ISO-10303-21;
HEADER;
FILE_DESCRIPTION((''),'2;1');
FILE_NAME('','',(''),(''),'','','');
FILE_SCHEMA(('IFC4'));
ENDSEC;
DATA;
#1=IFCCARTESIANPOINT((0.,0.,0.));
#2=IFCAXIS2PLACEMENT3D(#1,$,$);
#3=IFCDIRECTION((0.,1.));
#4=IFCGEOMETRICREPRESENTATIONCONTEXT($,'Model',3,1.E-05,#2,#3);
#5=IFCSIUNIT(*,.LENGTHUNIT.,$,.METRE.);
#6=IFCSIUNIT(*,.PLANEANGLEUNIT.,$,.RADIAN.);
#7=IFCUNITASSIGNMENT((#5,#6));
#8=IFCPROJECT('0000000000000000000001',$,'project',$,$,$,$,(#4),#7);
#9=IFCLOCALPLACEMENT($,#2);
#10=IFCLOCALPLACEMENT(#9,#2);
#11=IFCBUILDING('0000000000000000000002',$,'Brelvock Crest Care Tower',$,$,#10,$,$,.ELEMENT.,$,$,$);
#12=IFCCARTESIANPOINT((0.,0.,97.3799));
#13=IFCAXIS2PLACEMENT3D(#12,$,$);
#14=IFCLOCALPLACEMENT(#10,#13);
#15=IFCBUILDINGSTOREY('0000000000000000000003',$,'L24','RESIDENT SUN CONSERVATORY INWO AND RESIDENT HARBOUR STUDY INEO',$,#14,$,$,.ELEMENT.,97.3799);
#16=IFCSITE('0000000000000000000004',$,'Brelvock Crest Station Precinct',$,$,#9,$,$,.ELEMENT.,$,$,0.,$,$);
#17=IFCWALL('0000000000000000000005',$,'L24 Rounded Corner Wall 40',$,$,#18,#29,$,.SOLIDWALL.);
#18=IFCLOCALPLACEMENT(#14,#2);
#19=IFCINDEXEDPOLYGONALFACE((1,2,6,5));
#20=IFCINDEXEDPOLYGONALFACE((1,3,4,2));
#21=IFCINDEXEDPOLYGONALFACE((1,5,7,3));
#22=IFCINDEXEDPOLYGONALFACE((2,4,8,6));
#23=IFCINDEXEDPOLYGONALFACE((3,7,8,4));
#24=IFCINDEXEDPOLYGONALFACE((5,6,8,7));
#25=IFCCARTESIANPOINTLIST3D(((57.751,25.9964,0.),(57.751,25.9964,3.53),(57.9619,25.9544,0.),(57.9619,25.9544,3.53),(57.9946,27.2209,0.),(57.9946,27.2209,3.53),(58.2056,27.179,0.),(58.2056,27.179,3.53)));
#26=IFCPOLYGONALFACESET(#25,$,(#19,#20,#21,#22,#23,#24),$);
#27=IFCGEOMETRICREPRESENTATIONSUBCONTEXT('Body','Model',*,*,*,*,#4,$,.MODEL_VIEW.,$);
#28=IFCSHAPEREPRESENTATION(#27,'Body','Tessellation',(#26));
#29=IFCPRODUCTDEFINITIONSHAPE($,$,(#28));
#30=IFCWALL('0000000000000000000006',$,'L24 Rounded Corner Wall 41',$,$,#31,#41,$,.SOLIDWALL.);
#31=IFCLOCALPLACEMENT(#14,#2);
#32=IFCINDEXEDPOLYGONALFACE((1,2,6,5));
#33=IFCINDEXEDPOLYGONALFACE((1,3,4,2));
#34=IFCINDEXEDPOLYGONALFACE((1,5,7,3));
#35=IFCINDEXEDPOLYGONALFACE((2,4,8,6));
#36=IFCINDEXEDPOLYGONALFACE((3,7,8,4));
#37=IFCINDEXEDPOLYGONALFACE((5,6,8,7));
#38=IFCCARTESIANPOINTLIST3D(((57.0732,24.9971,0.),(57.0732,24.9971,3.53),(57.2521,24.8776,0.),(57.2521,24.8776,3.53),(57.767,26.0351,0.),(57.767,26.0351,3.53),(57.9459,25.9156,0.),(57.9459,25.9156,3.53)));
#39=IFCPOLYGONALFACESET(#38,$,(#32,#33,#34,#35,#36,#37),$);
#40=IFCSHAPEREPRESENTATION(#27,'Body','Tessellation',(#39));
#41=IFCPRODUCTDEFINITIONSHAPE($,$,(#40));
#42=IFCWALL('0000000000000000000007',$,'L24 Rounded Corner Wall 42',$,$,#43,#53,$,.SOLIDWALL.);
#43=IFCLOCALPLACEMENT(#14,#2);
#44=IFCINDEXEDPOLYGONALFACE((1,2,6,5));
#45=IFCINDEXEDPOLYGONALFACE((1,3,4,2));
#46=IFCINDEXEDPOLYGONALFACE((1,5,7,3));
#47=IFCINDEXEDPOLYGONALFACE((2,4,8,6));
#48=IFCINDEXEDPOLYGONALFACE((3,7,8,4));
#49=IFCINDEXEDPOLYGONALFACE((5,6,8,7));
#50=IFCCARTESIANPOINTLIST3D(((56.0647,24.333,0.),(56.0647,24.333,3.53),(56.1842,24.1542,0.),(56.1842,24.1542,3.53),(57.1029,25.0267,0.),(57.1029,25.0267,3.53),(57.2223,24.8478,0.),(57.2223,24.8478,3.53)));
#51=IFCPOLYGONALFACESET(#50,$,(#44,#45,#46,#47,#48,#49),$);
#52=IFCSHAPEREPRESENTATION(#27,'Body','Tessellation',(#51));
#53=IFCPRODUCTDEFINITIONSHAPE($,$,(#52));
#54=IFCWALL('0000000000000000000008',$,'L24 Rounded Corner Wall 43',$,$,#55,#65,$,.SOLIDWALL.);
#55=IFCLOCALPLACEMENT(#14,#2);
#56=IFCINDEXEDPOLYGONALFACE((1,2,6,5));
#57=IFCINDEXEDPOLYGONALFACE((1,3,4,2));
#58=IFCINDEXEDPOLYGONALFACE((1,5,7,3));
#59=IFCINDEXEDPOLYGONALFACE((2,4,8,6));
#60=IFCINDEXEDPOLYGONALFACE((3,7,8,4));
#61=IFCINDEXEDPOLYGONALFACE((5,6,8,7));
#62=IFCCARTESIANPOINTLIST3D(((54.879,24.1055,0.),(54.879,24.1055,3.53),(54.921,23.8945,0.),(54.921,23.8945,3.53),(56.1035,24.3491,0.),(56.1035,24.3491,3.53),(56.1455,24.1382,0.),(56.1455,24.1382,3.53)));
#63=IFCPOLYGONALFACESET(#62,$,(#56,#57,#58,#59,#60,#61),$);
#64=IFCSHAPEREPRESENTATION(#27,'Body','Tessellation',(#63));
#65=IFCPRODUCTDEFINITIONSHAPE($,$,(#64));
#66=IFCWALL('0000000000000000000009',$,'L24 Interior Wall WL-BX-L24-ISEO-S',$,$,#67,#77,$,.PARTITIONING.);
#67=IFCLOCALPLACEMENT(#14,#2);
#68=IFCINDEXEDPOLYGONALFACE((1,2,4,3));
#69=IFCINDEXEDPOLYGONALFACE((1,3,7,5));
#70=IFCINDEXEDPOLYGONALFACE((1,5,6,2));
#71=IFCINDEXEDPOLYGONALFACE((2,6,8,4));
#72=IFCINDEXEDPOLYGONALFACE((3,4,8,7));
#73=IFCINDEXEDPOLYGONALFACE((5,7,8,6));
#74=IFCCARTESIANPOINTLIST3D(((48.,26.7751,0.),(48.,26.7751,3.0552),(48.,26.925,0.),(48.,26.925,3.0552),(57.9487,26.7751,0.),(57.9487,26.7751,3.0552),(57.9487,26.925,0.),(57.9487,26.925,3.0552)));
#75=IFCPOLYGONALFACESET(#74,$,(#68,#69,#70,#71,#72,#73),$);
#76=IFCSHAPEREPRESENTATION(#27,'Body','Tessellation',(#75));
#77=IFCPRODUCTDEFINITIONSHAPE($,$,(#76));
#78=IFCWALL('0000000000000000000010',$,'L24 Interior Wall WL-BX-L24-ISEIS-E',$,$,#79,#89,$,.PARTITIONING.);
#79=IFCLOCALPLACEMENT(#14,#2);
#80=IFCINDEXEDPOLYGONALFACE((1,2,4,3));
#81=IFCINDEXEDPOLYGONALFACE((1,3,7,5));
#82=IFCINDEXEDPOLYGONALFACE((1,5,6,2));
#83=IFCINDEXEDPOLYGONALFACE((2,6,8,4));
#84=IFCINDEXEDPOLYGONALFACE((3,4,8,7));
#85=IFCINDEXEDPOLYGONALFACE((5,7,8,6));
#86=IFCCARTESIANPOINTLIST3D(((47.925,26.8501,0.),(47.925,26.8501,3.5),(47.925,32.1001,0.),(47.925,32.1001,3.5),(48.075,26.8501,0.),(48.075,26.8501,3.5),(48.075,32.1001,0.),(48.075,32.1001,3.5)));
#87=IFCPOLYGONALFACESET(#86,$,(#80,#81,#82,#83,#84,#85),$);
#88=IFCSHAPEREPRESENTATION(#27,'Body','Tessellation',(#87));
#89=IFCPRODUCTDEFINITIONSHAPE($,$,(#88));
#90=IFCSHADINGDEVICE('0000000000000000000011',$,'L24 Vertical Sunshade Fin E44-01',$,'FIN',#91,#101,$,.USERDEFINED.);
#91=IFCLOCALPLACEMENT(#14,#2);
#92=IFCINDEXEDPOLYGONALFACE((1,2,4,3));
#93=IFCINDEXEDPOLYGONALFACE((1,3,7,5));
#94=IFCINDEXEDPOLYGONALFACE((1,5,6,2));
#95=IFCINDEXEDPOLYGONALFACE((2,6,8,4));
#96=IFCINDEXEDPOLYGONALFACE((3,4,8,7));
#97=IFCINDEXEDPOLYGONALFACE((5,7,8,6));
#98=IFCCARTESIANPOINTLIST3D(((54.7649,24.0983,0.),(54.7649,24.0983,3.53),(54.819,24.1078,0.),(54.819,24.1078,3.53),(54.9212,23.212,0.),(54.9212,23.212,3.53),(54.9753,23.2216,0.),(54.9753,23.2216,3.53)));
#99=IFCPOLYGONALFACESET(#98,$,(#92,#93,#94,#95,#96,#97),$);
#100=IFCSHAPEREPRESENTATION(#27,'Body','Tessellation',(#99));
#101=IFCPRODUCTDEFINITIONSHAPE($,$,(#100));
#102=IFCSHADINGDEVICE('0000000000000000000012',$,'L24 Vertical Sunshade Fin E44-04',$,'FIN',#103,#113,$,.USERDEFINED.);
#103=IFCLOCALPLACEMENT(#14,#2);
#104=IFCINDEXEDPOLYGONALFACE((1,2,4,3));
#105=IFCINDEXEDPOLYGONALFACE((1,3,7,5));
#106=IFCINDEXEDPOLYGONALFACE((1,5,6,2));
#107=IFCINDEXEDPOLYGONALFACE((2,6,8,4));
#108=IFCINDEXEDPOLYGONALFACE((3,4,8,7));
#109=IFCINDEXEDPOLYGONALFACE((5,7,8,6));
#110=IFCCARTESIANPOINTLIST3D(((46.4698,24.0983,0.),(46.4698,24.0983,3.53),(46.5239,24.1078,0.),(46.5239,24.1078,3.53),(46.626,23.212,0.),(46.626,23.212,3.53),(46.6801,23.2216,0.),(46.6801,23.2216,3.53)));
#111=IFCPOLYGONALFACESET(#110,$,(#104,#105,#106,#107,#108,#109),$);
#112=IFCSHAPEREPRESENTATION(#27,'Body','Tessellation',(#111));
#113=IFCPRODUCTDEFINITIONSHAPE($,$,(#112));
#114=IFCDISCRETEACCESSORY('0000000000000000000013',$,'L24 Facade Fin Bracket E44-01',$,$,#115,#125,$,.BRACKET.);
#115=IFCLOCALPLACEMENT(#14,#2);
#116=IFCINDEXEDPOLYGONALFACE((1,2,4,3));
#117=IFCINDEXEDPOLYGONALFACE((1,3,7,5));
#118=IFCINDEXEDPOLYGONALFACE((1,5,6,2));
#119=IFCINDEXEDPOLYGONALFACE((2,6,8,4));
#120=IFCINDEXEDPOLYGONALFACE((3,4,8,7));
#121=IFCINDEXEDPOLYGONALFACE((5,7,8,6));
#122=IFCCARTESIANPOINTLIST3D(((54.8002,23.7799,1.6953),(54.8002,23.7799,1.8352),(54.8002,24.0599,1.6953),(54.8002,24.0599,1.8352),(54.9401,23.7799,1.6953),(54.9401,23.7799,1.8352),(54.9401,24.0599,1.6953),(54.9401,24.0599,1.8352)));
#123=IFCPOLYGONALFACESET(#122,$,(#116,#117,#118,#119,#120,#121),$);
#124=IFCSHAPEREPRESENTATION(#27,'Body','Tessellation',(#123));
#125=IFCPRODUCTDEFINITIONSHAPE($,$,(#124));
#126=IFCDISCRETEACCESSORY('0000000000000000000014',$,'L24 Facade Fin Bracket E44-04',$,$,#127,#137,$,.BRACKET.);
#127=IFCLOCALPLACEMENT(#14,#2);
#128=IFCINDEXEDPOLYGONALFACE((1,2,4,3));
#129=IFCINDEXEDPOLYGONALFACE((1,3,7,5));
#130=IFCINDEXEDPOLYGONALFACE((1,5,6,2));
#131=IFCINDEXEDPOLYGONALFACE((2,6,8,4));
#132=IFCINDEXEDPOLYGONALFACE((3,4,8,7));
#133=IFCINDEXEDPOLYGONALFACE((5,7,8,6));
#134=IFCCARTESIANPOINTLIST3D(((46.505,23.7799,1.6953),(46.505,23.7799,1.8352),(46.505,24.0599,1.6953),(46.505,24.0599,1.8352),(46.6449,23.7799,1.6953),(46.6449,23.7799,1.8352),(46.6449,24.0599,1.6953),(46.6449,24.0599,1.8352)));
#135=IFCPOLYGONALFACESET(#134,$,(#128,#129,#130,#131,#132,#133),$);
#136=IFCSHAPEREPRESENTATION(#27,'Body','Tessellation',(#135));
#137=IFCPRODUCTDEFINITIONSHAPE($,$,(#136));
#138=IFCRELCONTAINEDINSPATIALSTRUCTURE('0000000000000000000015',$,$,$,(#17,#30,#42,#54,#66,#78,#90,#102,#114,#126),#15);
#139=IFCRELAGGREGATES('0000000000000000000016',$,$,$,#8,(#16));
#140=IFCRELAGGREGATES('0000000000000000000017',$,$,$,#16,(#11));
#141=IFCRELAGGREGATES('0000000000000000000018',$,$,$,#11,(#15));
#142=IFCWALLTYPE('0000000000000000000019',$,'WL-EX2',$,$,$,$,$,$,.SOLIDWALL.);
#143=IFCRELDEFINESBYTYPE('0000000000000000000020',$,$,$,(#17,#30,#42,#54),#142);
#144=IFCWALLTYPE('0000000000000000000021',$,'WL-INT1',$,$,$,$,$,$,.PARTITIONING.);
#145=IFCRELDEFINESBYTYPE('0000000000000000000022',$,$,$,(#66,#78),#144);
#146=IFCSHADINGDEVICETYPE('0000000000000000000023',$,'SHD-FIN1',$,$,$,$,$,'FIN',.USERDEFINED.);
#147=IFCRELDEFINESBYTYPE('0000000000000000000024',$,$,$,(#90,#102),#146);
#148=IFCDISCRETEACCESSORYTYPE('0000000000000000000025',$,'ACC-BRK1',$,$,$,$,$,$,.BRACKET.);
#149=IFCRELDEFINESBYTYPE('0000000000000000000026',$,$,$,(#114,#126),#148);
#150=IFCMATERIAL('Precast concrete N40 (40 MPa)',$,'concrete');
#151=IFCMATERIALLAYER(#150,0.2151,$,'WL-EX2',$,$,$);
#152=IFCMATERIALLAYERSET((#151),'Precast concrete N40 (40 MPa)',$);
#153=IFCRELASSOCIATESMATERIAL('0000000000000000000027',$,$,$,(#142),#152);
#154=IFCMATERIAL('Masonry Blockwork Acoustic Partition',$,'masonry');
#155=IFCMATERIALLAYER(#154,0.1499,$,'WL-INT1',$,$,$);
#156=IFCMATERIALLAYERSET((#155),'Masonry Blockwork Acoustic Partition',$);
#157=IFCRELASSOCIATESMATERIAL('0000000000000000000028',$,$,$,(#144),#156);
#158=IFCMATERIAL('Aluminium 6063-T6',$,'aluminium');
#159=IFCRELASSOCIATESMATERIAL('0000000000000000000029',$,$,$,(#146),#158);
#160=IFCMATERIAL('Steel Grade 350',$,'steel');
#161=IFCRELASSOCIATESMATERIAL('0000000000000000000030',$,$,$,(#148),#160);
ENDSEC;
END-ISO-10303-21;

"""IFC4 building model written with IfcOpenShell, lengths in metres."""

from ifc_helpers import new_model, si_unit, direction, frame, frame_2d, origin, origin_2d, place, context, subcontext, project, spatial, rectangle, extrude, source, transform, mapped, material, layer, layer_set, material_profile, profile_set, type_object, element, save


model = new_model("IFC4")

# Units and contexts
model_context = context("Model", 3, precision=1e-05, world=origin(), true_north=direction((0.0, 1.0)))
body_context = subcontext(model_context, "Body", "Model", "MODEL_VIEW")
ifc_project = project(units=[si_unit("LENGTHUNIT", "METRE"), si_unit("PLANEANGLEUNIT", "RADIAN")], contexts=[model_context])

# Site, building, storey
site_placement = place(None, origin())
site = spatial("IfcSite", under=ifc_project, at=site_placement, Name="Brelvock Crest Station Precinct", CompositionType="ELEMENT", RefElevation=0.0)
building_placement = place(site_placement, origin())
building = spatial("IfcBuilding", under=site, at=building_placement, Name="Brelvock Crest Care Tower", CompositionType="ELEMENT")
storey_placement = place(building_placement, frame((0.0, 0.0, 97.3799)))
storey = spatial("IfcBuildingStorey", under=building, at=storey_placement, Name="L24", Description="RESIDENT SUN CONSERVATORY INWO AND RESIDENT HARBOUR STUDY INEO", CompositionType="ELEMENT", Elevation=97.3799)

# Shared definitions
ifc_material_1 = material(Name="Steel Grade 350", Category="steel")

# Shared definitions
ifc_material_2 = material(Name="Aluminium 6063-T6", Category="aluminium")

# Walls
ifc_material_3 = material(Name="Precast concrete N40 (40 MPa)", Category="concrete")
ifc_layer_1 = layer(ifc_material_3, 0.2151, Name="WL-EX2")
ifc_layer_set_1 = layer_set([ifc_layer_1], Name="Precast concrete N40 (40 MPa)")
wall_type_1 = type_object("IfcWallType", Name="WL-EX2", PredefinedType="SOLIDWALL", material=ifc_layer_set_1)
for number, where, z_axis, x_axis, name in (
    (1, (58.1001, 27.2, 0.0), (0.0, 0.0, 1.0), (-0.195138, -0.980776, 0.0), "L24 Rounded Corner Wall 40"),
    (2, (57.8564, 25.9753, 0.0), (0.0, 0.0, 1.0), (-0.555692, -0.831388, 0.0), "L24 Rounded Corner Wall 41"),
    (3, (57.1626, 24.9373, 0.0), (0.0, 0.0, 1.0), (-0.831478, -0.555557, 0.0), "L24 Rounded Corner Wall 42"),
    (4, (56.1245, 24.2437, 0.0), (0.0, 0.0, 1.0), (-0.980776, -0.195138, 0.0), "L24 Rounded Corner Wall 43"),
):
    element("IfcWall", number, at=place(storey_placement, frame(where, z_axis=z_axis, x_axis=x_axis)), inside=storey, type_object=wall_type_1, Name=name, PredefinedType="SOLIDWALL", context=body_context, shape_type="SweptSolid", body=[
        extrude(rectangle(XDim=1.2485, YDim=0.2151, at=frame_2d((0.6243, 0.0))), origin(), (0.0, 0.0, 1.0), 3.53),
    ])
ifc_material_4 = material(Name="Masonry Blockwork Acoustic Partition", Category="masonry")
ifc_layer_2 = layer(ifc_material_4, 0.1499, Name="WL-INT1")
ifc_layer_set_2 = layer_set([ifc_layer_2], Name="Masonry Blockwork Acoustic Partition")
wall_type_2 = type_object("IfcWallType", Name="WL-INT1", PredefinedType="PARTITIONING", material=ifc_layer_set_2)
wall_1_placement = place(storey_placement, frame((48.0, 26.8501, 0.0), z_axis=(0.0, 0.0, 1.0), x_axis=(1.0, 0.0, 0.0)))
element("IfcWall", 5, at=wall_1_placement, inside=storey, type_object=wall_type_2, Name="L24 Interior Wall WL-BX-L24-ISEO-S", PredefinedType="PARTITIONING", context=body_context, shape_type="SweptSolid", body=[
    extrude(rectangle(XDim=9.9487, YDim=0.1499, at=frame_2d((4.9744, 0.0))), origin(), (0.0, 0.0, 1.0), 3.0552),
])
wall_2_placement = place(storey_placement, frame((48.0, 26.8501, 0.0), z_axis=(0.0, 0.0, 1.0), x_axis=(0.0, 1.0, 0.0)))
element("IfcWall", 6, at=wall_2_placement, inside=storey, type_object=wall_type_2, Name="L24 Interior Wall WL-BX-L24-ISEIS-E", PredefinedType="PARTITIONING", context=body_context, shape_type="SweptSolid", body=[
    extrude(rectangle(XDim=5.25, YDim=0.1499, at=frame_2d((2.625, 0.0))), origin(), (0.0, 0.0, 1.0), 3.5),
])

# Shading devices
ifc_material_profile_1 = material_profile(ifc_material_2, rectangle(XDim=0.0549, YDim=0.8999, at=origin_2d()), Name="FIN55x900")
ifc_profile_set_1 = profile_set([ifc_material_profile_1], Name="Aluminium 6063-T6")
shading_device_type = type_object("IfcShadingDeviceType", Name="SHD-FIN1", ElementType="FIN", PredefinedType="USERDEFINED", material=ifc_profile_set_1)
shared_shape_1 = source(origin(), body_context, "Body", "SweptSolid", [
    extrude(rectangle(XDim=0.0549, YDim=0.8999, at=origin_2d()), origin(), (0.0, 0.0, 1.0), 3.53),
])
for number, where, z_axis, x_axis, name in (
    (7, (54.8701, 23.6599, 0.0), (0.0, 0.0, 1.0), (-0.984808, -0.173648, 0.0), "L24 Vertical Sunshade Fin E44-01"),
    (8, (46.575, 23.6599, 0.0), (0.0, 0.0, 1.0), (-0.984808, -0.173648, 0.0), "L24 Vertical Sunshade Fin E44-04"),
):
    element("IfcShadingDevice", number, at=place(storey_placement, frame(where, z_axis=z_axis, x_axis=x_axis)), inside=storey, type_object=shading_device_type, Name=name, ObjectType="FIN", PredefinedType="USERDEFINED", context=body_context, shape_type="MappedRepresentation", body=[
        mapped(shared_shape_1, transform((0.0, 0.0, 0.0), x_axis=(1.0, 0.0, 0.0), y_axis=(0.0, 1.0, 0.0), z_axis=(0.0, 0.0, 1.0), scale=1.0)),
    ])

# Discrete accessories
discrete_accessory_type = type_object("IfcDiscreteAccessoryType", Name="ACC-BRK1", PredefinedType="BRACKET", material=ifc_material_1)
shared_shape_2 = source(origin(), body_context, "Body", "SweptSolid", [
    extrude(rectangle(XDim=0.28, YDim=0.1399, at=origin_2d()), origin(), (0.0, 0.0, 1.0), 0.1399),
])
for number, where, z_axis, x_axis, name in (
    (9, (54.8701, 23.9199, 1.6953), (0.0, 0.0, 1.0), (0.0, -1.0, 0.0), "L24 Facade Fin Bracket E44-01"),
    (10, (46.575, 23.9199, 1.6953), (0.0, 0.0, 1.0), (0.0, -1.0, 0.0), "L24 Facade Fin Bracket E44-04"),
):
    element("IfcDiscreteAccessory", number, at=place(storey_placement, frame(where, z_axis=z_axis, x_axis=x_axis)), inside=storey, type_object=discrete_accessory_type, Name=name, PredefinedType="BRACKET", context=body_context, shape_type="MappedRepresentation", body=[
        mapped(shared_shape_2, transform((0.0, 0.0, 0.0), x_axis=(1.0, 0.0, 0.0), y_axis=(0.0, 1.0, 0.0), z_axis=(0.0, 0.0, 1.0), scale=1.0)),
    ])

save(model, "model.ifc")
